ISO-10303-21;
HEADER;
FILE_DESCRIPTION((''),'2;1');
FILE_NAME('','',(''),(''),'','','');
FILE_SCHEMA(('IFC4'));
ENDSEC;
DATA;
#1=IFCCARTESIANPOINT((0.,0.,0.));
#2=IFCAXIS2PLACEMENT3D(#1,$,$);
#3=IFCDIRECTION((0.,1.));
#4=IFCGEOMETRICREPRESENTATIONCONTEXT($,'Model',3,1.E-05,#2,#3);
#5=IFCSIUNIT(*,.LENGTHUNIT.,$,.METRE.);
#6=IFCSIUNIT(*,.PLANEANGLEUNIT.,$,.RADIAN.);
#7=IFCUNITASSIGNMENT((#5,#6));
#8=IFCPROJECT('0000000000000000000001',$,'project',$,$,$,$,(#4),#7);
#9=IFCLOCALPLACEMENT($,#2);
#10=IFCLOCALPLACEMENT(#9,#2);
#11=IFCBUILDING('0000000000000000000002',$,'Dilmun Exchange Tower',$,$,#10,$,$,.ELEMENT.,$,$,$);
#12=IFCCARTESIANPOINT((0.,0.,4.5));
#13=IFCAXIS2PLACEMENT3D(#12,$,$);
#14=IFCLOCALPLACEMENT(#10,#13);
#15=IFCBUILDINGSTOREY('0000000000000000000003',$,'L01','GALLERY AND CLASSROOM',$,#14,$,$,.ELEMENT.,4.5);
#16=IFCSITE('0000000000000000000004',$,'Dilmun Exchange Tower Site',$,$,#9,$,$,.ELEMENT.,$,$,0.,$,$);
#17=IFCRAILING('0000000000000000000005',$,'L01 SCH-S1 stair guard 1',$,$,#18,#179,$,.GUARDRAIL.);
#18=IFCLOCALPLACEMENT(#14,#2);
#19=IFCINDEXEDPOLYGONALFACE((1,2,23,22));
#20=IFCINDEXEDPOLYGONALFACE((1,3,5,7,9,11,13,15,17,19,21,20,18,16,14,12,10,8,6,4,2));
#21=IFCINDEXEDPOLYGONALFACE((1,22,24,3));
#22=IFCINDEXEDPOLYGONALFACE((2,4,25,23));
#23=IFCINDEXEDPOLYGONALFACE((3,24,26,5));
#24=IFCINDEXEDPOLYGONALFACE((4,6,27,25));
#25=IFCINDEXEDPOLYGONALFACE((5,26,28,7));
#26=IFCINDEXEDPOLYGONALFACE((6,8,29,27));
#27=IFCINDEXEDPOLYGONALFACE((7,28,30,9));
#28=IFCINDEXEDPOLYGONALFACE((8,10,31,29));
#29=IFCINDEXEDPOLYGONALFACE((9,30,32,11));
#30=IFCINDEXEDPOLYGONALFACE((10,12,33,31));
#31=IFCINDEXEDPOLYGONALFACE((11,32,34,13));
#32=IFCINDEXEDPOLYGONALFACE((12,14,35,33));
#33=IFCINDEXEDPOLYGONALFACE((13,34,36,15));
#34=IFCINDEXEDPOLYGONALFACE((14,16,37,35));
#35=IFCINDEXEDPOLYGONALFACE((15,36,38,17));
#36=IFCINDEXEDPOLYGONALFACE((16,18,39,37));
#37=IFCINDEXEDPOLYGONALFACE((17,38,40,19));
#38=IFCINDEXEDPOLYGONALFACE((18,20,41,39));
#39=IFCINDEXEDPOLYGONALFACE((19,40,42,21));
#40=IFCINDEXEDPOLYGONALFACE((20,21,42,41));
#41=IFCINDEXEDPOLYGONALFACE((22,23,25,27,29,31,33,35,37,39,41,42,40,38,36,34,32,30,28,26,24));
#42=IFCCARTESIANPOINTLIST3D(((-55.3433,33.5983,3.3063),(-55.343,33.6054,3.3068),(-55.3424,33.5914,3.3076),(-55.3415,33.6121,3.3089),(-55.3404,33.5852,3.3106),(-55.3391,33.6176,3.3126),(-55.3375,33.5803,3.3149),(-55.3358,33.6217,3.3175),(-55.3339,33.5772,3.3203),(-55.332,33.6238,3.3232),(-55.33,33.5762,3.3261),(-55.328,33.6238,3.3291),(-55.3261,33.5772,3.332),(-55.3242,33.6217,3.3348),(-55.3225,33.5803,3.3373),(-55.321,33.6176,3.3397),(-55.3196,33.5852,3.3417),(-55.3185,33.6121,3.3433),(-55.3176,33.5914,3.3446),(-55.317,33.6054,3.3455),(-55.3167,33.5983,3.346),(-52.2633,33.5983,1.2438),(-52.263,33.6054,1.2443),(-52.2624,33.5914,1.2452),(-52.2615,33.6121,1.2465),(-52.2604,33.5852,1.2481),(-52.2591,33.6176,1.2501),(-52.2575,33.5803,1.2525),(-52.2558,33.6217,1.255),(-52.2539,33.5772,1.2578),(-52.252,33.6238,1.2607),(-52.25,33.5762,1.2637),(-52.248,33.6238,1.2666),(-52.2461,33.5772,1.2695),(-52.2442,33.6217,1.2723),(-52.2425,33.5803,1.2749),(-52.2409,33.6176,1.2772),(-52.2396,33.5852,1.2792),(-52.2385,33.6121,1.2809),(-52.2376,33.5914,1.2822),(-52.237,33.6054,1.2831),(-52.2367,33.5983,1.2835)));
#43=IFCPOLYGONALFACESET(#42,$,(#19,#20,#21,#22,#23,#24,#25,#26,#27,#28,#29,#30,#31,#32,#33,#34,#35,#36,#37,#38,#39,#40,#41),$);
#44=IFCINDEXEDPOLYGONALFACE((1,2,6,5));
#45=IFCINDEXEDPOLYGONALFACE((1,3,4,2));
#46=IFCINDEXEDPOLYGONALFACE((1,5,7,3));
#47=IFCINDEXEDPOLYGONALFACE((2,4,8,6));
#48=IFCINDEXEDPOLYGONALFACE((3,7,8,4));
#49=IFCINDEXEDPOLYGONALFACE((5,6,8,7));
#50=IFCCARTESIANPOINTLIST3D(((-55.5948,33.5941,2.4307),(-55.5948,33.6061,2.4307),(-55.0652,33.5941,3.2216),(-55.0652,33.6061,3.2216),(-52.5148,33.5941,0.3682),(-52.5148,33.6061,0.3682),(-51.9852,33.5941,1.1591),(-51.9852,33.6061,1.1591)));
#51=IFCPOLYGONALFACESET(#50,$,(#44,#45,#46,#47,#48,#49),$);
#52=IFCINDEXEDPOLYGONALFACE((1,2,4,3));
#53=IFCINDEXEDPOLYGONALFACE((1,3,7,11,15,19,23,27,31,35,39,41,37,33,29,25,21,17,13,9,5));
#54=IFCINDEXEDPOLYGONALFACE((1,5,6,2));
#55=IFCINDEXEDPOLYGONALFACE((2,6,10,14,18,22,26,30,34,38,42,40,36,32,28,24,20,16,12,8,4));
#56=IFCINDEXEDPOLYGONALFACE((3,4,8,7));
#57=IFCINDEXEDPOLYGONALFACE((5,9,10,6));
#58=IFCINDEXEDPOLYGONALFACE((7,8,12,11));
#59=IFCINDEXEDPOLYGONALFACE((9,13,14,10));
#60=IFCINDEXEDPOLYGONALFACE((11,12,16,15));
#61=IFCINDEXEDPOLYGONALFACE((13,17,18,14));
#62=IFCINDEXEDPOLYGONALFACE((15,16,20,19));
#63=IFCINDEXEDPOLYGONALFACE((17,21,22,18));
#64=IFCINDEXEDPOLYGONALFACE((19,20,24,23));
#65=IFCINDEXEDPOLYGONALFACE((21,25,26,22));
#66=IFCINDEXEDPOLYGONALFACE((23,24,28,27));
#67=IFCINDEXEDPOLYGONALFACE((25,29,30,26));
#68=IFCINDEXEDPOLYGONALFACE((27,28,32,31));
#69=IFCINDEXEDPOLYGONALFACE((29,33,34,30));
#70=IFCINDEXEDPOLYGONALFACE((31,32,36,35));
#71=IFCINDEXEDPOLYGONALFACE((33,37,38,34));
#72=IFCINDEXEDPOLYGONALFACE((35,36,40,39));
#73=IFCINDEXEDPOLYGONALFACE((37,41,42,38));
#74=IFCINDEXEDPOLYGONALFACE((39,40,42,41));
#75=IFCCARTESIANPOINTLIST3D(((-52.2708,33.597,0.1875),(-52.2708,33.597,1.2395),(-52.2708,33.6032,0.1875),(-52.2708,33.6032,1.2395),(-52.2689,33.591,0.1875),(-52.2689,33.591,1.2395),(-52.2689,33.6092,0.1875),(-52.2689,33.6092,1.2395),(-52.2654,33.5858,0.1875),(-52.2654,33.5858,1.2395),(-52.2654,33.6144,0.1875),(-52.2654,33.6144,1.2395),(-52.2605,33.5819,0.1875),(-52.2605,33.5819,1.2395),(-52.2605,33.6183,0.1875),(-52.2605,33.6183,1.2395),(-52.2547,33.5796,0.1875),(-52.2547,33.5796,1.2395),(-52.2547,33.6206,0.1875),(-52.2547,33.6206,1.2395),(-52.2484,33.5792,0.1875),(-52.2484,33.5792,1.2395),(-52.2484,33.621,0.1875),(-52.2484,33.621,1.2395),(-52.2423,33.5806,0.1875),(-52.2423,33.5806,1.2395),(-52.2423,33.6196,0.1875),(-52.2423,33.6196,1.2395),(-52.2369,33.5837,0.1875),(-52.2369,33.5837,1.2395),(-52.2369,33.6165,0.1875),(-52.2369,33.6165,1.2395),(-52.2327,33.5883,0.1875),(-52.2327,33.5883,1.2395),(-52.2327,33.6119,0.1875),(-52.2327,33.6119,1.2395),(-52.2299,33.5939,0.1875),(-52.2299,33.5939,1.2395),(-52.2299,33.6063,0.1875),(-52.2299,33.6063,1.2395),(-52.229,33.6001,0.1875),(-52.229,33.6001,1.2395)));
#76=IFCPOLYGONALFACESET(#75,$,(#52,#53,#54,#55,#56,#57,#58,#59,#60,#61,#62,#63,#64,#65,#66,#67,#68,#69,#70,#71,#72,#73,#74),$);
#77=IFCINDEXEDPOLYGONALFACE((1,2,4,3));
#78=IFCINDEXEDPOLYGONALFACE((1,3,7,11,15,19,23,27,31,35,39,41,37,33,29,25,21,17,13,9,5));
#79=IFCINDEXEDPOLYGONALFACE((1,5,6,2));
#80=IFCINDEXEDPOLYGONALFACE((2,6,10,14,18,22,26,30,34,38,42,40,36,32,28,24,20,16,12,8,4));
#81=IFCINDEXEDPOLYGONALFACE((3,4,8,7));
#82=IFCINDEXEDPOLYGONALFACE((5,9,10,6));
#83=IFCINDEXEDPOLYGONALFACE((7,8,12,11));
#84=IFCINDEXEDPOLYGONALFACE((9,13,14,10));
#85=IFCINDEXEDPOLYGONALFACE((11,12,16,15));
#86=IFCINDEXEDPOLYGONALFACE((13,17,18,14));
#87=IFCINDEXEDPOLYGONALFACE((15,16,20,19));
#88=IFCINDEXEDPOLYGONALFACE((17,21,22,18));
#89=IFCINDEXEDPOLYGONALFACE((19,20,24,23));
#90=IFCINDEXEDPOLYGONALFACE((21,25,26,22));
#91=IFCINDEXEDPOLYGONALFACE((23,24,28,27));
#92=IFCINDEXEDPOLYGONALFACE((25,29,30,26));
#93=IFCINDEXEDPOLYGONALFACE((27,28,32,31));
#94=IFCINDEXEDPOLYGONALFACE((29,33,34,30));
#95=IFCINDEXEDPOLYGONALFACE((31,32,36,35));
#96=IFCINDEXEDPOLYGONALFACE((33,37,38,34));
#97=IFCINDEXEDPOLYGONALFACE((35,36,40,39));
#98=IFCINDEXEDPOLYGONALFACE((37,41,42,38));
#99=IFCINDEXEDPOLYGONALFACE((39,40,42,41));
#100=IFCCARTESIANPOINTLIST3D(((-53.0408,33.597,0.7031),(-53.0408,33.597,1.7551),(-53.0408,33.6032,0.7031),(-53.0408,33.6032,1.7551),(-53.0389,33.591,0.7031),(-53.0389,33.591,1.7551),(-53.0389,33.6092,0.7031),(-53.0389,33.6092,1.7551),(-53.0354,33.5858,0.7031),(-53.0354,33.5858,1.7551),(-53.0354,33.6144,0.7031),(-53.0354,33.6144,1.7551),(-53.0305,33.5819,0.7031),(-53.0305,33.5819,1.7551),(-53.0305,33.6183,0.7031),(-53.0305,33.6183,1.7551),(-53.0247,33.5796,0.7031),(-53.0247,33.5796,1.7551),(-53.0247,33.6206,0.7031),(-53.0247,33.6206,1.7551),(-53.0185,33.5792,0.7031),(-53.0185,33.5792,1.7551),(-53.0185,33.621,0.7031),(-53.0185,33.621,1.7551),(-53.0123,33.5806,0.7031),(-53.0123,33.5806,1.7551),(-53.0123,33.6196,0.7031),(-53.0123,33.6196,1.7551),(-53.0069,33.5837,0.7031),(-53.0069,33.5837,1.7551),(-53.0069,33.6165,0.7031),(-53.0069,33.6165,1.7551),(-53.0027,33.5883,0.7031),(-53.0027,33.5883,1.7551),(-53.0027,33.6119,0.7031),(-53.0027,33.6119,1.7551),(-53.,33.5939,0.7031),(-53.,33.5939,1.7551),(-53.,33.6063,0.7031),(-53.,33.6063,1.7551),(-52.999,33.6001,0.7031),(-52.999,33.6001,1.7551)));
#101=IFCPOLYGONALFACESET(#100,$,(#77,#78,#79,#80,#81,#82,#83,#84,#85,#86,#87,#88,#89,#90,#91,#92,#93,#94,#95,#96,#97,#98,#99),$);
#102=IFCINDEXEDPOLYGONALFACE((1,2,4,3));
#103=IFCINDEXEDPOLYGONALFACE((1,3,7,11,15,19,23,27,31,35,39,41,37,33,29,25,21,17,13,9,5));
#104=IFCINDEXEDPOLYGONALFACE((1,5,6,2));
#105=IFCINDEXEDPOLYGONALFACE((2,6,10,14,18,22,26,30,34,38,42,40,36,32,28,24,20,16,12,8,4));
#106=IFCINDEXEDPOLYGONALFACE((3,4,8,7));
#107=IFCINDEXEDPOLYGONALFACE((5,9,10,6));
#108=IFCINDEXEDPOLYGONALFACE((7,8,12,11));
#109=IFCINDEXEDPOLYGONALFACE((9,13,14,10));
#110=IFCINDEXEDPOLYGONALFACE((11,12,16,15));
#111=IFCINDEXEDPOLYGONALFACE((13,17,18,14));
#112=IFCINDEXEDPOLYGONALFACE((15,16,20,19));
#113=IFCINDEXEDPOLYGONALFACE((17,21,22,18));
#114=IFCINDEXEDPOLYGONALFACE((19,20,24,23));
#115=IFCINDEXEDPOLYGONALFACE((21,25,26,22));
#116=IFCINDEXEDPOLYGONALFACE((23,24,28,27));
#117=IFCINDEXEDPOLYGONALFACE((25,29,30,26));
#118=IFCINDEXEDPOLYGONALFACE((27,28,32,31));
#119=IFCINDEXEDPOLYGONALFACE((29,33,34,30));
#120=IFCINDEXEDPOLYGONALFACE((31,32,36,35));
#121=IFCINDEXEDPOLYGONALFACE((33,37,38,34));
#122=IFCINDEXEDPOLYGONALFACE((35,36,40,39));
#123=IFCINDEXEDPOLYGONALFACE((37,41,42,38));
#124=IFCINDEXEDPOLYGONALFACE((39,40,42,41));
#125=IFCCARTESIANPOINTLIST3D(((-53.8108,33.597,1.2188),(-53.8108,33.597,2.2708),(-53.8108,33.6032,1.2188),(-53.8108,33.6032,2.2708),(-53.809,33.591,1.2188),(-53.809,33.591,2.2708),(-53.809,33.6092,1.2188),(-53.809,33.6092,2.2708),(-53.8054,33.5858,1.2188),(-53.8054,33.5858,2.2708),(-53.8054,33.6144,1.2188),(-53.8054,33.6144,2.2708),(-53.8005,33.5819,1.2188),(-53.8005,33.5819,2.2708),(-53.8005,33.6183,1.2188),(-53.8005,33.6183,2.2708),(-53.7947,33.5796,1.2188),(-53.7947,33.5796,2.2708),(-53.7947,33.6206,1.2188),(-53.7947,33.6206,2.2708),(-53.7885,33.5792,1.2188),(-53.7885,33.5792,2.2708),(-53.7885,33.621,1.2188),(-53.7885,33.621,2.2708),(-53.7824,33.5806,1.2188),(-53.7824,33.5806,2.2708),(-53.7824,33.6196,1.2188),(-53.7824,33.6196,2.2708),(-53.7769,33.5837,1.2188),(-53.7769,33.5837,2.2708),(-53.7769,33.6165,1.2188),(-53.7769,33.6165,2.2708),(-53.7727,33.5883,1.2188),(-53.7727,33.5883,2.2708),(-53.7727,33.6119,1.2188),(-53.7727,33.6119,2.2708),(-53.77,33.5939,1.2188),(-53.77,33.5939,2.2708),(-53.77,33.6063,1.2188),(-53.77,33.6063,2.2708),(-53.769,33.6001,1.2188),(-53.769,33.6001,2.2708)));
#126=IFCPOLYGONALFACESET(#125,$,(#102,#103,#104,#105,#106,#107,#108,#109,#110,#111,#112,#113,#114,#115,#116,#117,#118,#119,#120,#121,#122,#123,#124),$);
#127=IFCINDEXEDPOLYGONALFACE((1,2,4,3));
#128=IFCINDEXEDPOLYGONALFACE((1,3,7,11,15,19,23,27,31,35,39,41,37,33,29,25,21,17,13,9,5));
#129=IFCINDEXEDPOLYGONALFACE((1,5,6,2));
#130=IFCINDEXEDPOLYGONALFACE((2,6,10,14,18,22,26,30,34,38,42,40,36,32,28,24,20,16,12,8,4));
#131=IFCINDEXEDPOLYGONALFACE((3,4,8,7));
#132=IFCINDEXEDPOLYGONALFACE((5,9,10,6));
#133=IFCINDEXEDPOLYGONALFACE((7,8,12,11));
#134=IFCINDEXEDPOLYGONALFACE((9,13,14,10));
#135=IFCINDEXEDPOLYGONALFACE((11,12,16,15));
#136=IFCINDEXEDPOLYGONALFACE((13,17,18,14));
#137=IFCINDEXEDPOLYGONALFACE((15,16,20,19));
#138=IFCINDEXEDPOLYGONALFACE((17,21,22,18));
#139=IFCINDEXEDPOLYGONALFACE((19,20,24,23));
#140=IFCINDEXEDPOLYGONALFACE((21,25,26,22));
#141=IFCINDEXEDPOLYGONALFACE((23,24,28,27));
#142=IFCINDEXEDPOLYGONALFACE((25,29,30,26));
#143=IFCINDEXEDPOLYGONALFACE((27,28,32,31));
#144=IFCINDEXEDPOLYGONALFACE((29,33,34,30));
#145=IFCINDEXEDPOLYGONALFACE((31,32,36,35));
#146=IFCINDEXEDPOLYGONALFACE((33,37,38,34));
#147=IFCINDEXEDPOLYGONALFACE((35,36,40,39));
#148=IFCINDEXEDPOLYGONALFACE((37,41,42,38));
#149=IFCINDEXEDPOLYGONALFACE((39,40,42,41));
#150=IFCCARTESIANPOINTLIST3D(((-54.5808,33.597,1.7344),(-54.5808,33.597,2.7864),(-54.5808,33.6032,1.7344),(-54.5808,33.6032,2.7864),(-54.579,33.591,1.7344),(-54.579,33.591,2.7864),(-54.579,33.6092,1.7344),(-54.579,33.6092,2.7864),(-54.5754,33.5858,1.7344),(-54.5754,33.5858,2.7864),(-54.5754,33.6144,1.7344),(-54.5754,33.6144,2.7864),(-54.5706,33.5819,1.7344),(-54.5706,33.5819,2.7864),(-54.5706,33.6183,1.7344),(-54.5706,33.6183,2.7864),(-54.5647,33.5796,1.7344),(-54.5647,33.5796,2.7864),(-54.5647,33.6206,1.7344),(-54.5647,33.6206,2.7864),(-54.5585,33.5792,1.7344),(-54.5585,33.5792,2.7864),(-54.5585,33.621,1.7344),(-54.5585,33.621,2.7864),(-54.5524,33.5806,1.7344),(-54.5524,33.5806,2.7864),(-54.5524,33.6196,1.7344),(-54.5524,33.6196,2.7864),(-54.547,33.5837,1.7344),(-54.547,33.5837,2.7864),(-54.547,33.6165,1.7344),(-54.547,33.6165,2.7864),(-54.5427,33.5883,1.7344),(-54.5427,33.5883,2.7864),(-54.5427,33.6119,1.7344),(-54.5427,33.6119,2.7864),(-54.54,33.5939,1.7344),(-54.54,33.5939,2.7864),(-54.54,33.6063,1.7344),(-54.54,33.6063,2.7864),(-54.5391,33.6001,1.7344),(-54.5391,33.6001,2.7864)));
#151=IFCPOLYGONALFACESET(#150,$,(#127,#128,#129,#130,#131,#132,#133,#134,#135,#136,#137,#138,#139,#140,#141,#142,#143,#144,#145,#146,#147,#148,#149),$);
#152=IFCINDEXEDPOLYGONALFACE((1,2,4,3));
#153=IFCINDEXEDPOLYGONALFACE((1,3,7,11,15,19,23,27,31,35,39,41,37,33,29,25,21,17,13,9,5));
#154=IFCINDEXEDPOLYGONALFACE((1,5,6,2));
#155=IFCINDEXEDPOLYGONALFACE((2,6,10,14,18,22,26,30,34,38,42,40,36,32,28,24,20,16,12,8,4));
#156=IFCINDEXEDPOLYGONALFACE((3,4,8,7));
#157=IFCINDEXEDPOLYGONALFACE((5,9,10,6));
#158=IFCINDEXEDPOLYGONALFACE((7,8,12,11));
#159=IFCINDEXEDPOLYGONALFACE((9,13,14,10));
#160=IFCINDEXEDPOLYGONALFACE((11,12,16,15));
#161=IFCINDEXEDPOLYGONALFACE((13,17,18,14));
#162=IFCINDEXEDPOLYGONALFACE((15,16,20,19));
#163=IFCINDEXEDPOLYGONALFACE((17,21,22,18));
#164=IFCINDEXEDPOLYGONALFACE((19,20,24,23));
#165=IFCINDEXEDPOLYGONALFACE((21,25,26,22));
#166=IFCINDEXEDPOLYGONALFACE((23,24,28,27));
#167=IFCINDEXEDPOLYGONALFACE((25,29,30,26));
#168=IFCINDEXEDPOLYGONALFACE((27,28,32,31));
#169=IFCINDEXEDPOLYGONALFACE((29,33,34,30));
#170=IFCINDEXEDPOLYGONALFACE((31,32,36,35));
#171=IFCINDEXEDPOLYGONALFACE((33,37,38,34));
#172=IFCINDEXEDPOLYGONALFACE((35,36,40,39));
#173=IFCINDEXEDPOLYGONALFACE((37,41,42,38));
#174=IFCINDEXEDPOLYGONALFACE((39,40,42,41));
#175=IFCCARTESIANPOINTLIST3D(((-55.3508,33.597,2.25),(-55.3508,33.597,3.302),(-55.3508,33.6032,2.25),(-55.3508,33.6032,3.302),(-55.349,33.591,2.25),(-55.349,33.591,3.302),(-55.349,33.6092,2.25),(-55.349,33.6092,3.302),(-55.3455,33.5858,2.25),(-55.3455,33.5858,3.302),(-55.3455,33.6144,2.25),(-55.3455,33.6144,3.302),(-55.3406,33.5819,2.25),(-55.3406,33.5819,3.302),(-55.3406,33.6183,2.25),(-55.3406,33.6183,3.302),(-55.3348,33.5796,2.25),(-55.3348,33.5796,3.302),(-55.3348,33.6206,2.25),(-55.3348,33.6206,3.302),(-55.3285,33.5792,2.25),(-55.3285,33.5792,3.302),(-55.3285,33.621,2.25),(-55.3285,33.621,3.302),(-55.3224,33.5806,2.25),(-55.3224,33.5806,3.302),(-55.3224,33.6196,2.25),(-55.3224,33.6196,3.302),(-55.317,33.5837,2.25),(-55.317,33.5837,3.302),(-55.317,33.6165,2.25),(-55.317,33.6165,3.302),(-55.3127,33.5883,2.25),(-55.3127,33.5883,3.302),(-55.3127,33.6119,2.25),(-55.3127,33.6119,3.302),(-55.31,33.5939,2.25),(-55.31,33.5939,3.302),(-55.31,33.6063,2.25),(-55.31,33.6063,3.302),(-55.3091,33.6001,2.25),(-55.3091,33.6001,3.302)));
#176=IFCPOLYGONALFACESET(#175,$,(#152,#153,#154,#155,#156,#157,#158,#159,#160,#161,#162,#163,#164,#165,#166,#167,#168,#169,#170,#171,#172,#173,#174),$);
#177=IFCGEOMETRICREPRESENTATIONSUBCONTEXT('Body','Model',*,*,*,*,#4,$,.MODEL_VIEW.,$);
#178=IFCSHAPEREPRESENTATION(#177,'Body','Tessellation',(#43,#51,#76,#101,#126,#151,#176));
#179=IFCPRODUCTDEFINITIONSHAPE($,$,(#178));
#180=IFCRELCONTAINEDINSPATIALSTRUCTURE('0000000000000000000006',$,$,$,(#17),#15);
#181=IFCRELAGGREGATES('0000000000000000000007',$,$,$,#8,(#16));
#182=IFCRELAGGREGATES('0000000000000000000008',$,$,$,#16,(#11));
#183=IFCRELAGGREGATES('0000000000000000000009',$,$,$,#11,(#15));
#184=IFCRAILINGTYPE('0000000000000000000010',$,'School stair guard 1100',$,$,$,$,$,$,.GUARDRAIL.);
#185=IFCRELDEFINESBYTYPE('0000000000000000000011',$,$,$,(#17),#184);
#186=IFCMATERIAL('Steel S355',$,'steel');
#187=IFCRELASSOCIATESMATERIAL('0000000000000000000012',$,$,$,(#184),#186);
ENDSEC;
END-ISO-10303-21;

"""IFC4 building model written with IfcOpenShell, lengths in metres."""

from ifc_helpers import new_model, si_unit, direction, frame, origin, origin_2d, place, context, subcontext, project, spatial, rectangle, circle, extrude, material, type_object, element, save


model = new_model("IFC4")

# Units and contexts
model_context = context("Model", 3, precision=1e-05, world=origin(), true_north=direction((0.0, 1.0)))
body_context = subcontext(model_context, "Body", "Model", "MODEL_VIEW")
ifc_project = project(units=[si_unit("LENGTHUNIT", "METRE"), si_unit("PLANEANGLEUNIT", "RADIAN")], contexts=[model_context])

# Site, building, storey
site_placement = place(None, origin())
site = spatial("IfcSite", under=ifc_project, at=site_placement, Name="Dilmun Exchange Tower Site", CompositionType="ELEMENT", RefElevation=0.0)
building_placement = place(site_placement, origin())
building = spatial("IfcBuilding", under=site, at=building_placement, Name="Dilmun Exchange Tower", CompositionType="ELEMENT")
storey_placement = place(building_placement, frame((0.0, 0.0, 4.5)))
storey = spatial("IfcBuildingStorey", under=building, at=storey_placement, Name="L01", Description="GALLERY AND CLASSROOM", CompositionType="ELEMENT", Elevation=4.5)

# Railing
ifc_material_1 = material(Name="Steel S355", Category="steel")
railing_type_1 = type_object("IfcRailingType", Name="School stair guard 1100", PredefinedType="GUARDRAIL", material=ifc_material_1)
railing_1_placement = place(storey_placement, frame((-52.25, 33.6001, 0.1875)))
element("IfcRailing", 1, at=railing_1_placement, inside=storey, type_object=railing_type_1, Name="L01 SCH-S1 stair guard 1", PredefinedType="GUARDRAIL", context=body_context, shape_type="SweptSolid", body=[
    extrude(circle(Radius=0.0239, at=origin_2d()), frame((0.0, 0.0, 1.0762), z_axis=(-0.830914, 0.0, 0.556401), x_axis=(0.0, -1.0, 0.0)), (0.0, 0.0, 1.0), 3.7068),
    extrude(rectangle(XDim=0.012, YDim=0.9519, at=origin_2d()), frame((0.0, 0.0, 0.5762), z_axis=(-0.830914, 0.0, 0.556401), x_axis=(0.0, -1.0, 0.0)), (0.0, 0.0, 1.0), 3.7068),
    extrude(circle(Radius=0.021, at=origin_2d()), origin(), (0.0, 0.0, 1.0), 1.052),
    extrude(circle(Radius=0.021, at=origin_2d()), frame((-0.77, 0.0, 0.5156)), (0.0, 0.0, 1.0), 1.052),
    extrude(circle(Radius=0.021, at=origin_2d()), frame((-1.54, 0.0, 1.0312)), (0.0, 0.0, 1.0), 1.052),
    extrude(circle(Radius=0.021, at=origin_2d()), frame((-2.3101, 0.0, 1.5469)), (0.0, 0.0, 1.0), 1.052),
    extrude(circle(Radius=0.021, at=origin_2d()), frame((-3.0801, 0.0, 2.0625)), (0.0, 0.0, 1.0), 1.052),
])

save(model, "model.ifc")
